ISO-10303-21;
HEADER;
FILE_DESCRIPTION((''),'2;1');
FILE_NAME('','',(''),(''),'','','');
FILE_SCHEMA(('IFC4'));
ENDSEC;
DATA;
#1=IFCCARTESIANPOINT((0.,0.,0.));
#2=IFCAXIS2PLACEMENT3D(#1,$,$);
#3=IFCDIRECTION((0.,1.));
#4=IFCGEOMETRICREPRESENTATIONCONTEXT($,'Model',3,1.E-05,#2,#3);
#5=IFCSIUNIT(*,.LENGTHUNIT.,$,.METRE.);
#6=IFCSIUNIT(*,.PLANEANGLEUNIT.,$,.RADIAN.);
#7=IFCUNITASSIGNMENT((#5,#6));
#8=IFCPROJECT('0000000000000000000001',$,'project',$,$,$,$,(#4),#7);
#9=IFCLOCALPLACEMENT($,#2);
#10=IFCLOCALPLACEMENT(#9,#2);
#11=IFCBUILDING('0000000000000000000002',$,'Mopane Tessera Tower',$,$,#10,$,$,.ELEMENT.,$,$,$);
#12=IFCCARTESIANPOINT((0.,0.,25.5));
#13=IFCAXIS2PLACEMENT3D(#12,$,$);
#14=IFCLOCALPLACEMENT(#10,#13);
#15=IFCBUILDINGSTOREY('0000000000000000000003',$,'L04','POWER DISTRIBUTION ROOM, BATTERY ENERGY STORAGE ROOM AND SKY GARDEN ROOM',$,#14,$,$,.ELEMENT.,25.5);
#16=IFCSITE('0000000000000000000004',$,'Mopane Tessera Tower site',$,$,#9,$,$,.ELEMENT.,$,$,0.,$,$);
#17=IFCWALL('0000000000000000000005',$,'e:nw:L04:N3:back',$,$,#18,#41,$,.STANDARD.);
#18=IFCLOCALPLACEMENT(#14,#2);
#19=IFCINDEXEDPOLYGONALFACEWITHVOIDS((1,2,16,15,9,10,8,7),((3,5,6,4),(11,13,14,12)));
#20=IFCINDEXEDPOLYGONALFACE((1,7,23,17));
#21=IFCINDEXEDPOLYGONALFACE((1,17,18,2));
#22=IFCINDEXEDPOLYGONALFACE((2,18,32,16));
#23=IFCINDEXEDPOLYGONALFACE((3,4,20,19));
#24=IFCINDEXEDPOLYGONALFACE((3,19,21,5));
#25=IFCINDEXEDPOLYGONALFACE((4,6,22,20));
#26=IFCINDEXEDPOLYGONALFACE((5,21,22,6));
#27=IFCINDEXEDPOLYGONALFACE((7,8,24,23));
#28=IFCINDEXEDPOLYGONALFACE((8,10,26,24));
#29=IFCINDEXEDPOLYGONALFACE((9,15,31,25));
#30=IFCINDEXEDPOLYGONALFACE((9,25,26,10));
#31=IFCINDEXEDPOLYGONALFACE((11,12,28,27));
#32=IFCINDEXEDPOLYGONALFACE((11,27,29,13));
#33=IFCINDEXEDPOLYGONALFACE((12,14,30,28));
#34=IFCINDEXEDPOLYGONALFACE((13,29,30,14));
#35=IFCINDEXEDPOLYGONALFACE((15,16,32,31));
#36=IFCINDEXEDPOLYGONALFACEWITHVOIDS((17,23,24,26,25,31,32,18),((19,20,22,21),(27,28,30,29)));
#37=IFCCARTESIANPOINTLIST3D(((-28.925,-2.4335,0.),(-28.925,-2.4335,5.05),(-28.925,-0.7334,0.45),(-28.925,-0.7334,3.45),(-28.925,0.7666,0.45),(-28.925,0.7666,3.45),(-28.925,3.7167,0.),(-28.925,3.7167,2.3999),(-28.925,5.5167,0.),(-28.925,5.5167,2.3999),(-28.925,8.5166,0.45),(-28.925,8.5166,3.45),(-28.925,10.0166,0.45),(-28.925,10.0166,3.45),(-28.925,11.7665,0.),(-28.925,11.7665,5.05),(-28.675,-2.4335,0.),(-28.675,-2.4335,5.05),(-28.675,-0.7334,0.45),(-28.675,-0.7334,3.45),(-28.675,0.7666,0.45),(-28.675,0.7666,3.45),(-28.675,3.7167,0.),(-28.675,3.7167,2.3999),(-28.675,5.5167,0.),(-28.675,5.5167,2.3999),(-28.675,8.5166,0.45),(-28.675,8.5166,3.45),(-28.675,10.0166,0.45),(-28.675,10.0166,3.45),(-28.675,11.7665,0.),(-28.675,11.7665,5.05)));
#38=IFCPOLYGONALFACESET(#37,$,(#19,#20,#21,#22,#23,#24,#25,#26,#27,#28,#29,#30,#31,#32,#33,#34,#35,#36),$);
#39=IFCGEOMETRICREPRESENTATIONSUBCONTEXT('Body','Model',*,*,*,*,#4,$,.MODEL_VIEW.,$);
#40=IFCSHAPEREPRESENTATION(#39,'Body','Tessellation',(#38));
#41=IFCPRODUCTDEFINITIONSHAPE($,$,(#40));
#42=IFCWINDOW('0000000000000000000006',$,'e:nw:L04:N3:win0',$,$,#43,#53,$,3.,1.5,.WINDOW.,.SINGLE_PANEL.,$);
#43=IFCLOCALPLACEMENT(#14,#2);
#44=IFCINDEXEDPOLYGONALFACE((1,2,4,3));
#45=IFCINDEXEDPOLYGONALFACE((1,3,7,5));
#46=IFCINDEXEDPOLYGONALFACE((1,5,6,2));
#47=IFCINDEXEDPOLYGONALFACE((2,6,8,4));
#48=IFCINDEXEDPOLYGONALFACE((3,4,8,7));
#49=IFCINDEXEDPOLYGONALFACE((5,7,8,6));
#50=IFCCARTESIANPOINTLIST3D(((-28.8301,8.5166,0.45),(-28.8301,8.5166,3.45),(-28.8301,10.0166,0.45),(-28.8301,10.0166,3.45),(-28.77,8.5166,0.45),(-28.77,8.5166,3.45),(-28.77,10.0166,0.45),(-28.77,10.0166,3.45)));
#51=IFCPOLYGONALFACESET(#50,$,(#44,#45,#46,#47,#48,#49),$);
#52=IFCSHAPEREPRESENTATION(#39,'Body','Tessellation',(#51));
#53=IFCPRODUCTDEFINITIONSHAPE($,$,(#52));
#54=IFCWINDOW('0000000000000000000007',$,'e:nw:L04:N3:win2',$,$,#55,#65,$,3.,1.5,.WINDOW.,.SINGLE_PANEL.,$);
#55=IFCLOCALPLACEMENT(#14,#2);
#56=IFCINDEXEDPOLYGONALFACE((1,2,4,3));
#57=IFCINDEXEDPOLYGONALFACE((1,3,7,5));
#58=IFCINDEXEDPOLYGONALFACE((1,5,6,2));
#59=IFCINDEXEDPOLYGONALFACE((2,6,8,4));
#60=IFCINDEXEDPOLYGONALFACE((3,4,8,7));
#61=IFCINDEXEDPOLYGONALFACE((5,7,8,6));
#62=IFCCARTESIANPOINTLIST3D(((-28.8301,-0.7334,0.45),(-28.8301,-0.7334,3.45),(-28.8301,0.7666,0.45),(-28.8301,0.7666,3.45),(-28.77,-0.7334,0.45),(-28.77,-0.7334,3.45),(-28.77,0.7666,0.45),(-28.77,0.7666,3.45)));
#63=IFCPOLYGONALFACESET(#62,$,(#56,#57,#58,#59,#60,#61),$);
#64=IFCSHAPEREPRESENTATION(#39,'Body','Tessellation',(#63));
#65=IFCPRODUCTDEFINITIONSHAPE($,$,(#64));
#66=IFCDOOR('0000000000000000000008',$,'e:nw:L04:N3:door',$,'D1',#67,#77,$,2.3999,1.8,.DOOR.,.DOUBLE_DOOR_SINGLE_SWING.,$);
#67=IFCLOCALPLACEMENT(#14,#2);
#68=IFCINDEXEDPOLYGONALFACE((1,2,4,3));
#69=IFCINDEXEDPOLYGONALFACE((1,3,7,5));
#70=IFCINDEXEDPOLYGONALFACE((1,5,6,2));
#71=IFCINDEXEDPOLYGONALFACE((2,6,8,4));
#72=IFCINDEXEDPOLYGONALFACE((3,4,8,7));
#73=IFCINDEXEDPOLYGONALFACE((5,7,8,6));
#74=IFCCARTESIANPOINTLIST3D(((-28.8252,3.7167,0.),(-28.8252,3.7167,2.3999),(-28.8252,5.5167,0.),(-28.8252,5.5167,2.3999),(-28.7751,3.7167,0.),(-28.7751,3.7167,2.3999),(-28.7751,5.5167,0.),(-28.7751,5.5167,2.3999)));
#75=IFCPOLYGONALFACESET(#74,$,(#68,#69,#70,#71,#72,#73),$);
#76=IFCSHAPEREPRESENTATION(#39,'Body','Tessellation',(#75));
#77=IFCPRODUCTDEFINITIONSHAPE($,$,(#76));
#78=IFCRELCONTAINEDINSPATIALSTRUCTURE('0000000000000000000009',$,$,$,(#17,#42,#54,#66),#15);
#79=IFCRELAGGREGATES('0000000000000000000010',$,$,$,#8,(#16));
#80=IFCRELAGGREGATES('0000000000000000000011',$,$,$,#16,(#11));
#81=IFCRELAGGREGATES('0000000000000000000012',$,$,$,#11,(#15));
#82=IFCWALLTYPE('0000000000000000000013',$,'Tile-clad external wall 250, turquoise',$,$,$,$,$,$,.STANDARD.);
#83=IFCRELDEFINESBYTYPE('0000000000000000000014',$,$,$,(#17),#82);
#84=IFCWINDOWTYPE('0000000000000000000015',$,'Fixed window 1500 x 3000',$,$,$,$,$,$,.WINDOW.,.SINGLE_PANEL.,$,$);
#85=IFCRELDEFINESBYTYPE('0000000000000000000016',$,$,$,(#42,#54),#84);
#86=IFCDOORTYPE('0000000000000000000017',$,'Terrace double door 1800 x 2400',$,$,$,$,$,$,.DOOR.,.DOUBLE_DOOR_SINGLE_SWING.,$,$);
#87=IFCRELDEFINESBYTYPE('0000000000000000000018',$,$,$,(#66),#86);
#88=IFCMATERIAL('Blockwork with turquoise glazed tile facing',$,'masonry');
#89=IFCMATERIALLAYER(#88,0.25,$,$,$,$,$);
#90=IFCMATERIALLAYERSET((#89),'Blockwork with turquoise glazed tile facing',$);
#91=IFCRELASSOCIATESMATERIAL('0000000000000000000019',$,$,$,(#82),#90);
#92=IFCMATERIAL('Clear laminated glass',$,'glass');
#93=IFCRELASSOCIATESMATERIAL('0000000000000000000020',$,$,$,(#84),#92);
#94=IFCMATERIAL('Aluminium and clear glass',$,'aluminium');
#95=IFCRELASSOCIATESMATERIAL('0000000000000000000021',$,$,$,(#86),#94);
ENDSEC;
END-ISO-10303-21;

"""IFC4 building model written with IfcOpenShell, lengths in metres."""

from ifc_helpers import new_model, si_unit, direction, frame, frame_2d, origin, place, context, subcontext, project, spatial, rectangle, extrude, material, layer, layer_set, type_object, element, fill, save


model = new_model("IFC4")

# Units and contexts
model_context = context("Model", 3, precision=1e-05, world=origin(), true_north=direction((0.0, 1.0)))
body_context = subcontext(model_context, "Body", "Model", "MODEL_VIEW")
ifc_project = project(units=[si_unit("LENGTHUNIT", "METRE"), si_unit("PLANEANGLEUNIT", "RADIAN")], contexts=[model_context])

# Site, building, storey
site_placement = place(None, origin())
site = spatial("IfcSite", under=ifc_project, at=site_placement, Name="Mopane Tessera Tower site", CompositionType="ELEMENT", RefElevation=0.0)
building_placement = place(site_placement, origin())
building = spatial("IfcBuilding", under=site, at=building_placement, Name="Mopane Tessera Tower", CompositionType="ELEMENT")
storey_placement = place(building_placement, frame((0.0, 0.0, 25.5)))
storey = spatial("IfcBuildingStorey", under=building, at=storey_placement, Name="L04", Description="POWER DISTRIBUTION ROOM, BATTERY ENERGY STORAGE ROOM AND SKY GARDEN ROOM", CompositionType="ELEMENT", Elevation=25.5)

# Wall, openings, windows, door
ifc_material_1 = material(Name="Blockwork with turquoise glazed tile facing", Category="masonry")
ifc_layer_1 = layer(ifc_material_1, 0.25)
ifc_layer_set_1 = layer_set([ifc_layer_1], Name="Blockwork with turquoise glazed tile facing")
wall_type_1 = type_object("IfcWallType", Name="Tile-clad external wall 250, turquoise", PredefinedType="STANDARD", material=ifc_layer_set_1)
wall_1_placement = place(storey_placement, frame((-28.8, 11.7666, 0.0), z_axis=(0.0, 0.0, 1.0), x_axis=(0.0, -1.0, 0.0)))
wall_1 = element("IfcWall", 1, at=wall_1_placement, inside=storey, type_object=wall_type_1, Name="e:nw:L04:N3:back", PredefinedType="STANDARD", context=body_context, shape_type="SweptSolid", body=[
    extrude(rectangle(XDim=14.2, YDim=0.25, at=frame_2d((7.1001, 0.0))), origin(), (0.0, 0.0, 1.0), 5.05),
])
opening_1_placement = place(wall_1_placement, frame((1.75, 0.0, 0.45)))
opening_1 = element("IfcOpeningElement", 2, at=opening_1_placement, cuts=wall_1, PredefinedType="OPENING", context=body_context, shape_type="SweptSolid", body=[
    extrude(rectangle(XDim=1.5, YDim=3.0, at=frame_2d((0.75, 1.5))), frame((0.0, 0.137, 0.0), z_axis=(0.0, -1.0, 0.0), x_axis=(1.0, 0.0, 0.0)), (0.0, 0.0, 1.0), 0.2739),
])
opening_2_placement = place(wall_1_placement, frame((6.25, 0.0, 0.0)))
opening_2 = element("IfcOpeningElement", 3, at=opening_2_placement, cuts=wall_1, PredefinedType="OPENING", context=body_context, shape_type="SweptSolid", body=[
    extrude(rectangle(XDim=1.8, YDim=2.3999, at=frame_2d((0.8999, 1.2))), frame((0.0, 0.137, 0.0), z_axis=(0.0, -1.0, 0.0), x_axis=(1.0, 0.0, 0.0)), (0.0, 0.0, 1.0), 0.2739),
])
opening_3_placement = place(wall_1_placement, frame((11.0, 0.0, 0.45)))
opening_3 = element("IfcOpeningElement", 4, at=opening_3_placement, cuts=wall_1, PredefinedType="OPENING", context=body_context, shape_type="SweptSolid", body=[
    extrude(rectangle(XDim=1.5, YDim=3.0, at=frame_2d((0.75, 1.5))), frame((0.0, 0.137, 0.0), z_axis=(0.0, -1.0, 0.0), x_axis=(1.0, 0.0, 0.0)), (0.0, 0.0, 1.0), 0.2739),
])
ifc_material_2 = material(Name="Clear laminated glass", Category="glass")
window_type = type_object("IfcWindowType", Name="Fixed window 1500 x 3000", PartitioningType="SINGLE_PANEL", PredefinedType="WINDOW", material=ifc_material_2)
window_1_placement = place(opening_1_placement, origin())
window_1 = element("IfcWindow", 5, at=window_1_placement, inside=storey, type_object=window_type, Name="e:nw:L04:N3:win0", OverallHeight=3.0, OverallWidth=1.5, PartitioningType="SINGLE_PANEL", PredefinedType="WINDOW", context=body_context, shape_type="SweptSolid", body=[
    extrude(rectangle(XDim=1.5, YDim=3.0, at=frame_2d((0.75, 1.5))), frame((0.0, 0.03, 0.0), z_axis=(0.0, -1.0, 0.0), x_axis=(1.0, 0.0, 0.0)), (0.0, 0.0, 1.0), 0.0601),
])
fill(opening_1, window_1)
window_2_placement = place(opening_3_placement, origin())
window_2 = element("IfcWindow", 6, at=window_2_placement, inside=storey, type_object=window_type, Name="e:nw:L04:N3:win2", OverallHeight=3.0, OverallWidth=1.5, PartitioningType="SINGLE_PANEL", PredefinedType="WINDOW", context=body_context, shape_type="SweptSolid", body=[
    extrude(rectangle(XDim=1.5, YDim=3.0, at=frame_2d((0.75, 1.5))), frame((0.0, 0.03, 0.0), z_axis=(0.0, -1.0, 0.0), x_axis=(1.0, 0.0, 0.0)), (0.0, 0.0, 1.0), 0.0601),
])
fill(opening_3, window_2)
ifc_material_3 = material(Name="Aluminium and clear glass", Category="aluminium")
door_type_1 = type_object("IfcDoorType", Name="Terrace double door 1800 x 2400", OperationType="DOUBLE_DOOR_SINGLE_SWING", PredefinedType="DOOR", material=ifc_material_3)
door_1_placement = place(opening_2_placement, origin())
door_1 = element("IfcDoor", 7, at=door_1_placement, inside=storey, type_object=door_type_1, Name="e:nw:L04:N3:door", ObjectType="D1", OperationType="DOUBLE_DOOR_SINGLE_SWING", OverallHeight=2.3999, OverallWidth=1.8, PredefinedType="DOOR", context=body_context, shape_type="SweptSolid", body=[
    extrude(rectangle(XDim=1.8, YDim=2.3999, at=frame_2d((0.8999, 1.2))), frame((0.0, 0.0249, 0.0), z_axis=(0.0, -1.0, 0.0), x_axis=(1.0, 0.0, 0.0)), (0.0, 0.0, 1.0), 0.05),
])
fill(opening_2, door_1)

save(model, "model.ifc")
